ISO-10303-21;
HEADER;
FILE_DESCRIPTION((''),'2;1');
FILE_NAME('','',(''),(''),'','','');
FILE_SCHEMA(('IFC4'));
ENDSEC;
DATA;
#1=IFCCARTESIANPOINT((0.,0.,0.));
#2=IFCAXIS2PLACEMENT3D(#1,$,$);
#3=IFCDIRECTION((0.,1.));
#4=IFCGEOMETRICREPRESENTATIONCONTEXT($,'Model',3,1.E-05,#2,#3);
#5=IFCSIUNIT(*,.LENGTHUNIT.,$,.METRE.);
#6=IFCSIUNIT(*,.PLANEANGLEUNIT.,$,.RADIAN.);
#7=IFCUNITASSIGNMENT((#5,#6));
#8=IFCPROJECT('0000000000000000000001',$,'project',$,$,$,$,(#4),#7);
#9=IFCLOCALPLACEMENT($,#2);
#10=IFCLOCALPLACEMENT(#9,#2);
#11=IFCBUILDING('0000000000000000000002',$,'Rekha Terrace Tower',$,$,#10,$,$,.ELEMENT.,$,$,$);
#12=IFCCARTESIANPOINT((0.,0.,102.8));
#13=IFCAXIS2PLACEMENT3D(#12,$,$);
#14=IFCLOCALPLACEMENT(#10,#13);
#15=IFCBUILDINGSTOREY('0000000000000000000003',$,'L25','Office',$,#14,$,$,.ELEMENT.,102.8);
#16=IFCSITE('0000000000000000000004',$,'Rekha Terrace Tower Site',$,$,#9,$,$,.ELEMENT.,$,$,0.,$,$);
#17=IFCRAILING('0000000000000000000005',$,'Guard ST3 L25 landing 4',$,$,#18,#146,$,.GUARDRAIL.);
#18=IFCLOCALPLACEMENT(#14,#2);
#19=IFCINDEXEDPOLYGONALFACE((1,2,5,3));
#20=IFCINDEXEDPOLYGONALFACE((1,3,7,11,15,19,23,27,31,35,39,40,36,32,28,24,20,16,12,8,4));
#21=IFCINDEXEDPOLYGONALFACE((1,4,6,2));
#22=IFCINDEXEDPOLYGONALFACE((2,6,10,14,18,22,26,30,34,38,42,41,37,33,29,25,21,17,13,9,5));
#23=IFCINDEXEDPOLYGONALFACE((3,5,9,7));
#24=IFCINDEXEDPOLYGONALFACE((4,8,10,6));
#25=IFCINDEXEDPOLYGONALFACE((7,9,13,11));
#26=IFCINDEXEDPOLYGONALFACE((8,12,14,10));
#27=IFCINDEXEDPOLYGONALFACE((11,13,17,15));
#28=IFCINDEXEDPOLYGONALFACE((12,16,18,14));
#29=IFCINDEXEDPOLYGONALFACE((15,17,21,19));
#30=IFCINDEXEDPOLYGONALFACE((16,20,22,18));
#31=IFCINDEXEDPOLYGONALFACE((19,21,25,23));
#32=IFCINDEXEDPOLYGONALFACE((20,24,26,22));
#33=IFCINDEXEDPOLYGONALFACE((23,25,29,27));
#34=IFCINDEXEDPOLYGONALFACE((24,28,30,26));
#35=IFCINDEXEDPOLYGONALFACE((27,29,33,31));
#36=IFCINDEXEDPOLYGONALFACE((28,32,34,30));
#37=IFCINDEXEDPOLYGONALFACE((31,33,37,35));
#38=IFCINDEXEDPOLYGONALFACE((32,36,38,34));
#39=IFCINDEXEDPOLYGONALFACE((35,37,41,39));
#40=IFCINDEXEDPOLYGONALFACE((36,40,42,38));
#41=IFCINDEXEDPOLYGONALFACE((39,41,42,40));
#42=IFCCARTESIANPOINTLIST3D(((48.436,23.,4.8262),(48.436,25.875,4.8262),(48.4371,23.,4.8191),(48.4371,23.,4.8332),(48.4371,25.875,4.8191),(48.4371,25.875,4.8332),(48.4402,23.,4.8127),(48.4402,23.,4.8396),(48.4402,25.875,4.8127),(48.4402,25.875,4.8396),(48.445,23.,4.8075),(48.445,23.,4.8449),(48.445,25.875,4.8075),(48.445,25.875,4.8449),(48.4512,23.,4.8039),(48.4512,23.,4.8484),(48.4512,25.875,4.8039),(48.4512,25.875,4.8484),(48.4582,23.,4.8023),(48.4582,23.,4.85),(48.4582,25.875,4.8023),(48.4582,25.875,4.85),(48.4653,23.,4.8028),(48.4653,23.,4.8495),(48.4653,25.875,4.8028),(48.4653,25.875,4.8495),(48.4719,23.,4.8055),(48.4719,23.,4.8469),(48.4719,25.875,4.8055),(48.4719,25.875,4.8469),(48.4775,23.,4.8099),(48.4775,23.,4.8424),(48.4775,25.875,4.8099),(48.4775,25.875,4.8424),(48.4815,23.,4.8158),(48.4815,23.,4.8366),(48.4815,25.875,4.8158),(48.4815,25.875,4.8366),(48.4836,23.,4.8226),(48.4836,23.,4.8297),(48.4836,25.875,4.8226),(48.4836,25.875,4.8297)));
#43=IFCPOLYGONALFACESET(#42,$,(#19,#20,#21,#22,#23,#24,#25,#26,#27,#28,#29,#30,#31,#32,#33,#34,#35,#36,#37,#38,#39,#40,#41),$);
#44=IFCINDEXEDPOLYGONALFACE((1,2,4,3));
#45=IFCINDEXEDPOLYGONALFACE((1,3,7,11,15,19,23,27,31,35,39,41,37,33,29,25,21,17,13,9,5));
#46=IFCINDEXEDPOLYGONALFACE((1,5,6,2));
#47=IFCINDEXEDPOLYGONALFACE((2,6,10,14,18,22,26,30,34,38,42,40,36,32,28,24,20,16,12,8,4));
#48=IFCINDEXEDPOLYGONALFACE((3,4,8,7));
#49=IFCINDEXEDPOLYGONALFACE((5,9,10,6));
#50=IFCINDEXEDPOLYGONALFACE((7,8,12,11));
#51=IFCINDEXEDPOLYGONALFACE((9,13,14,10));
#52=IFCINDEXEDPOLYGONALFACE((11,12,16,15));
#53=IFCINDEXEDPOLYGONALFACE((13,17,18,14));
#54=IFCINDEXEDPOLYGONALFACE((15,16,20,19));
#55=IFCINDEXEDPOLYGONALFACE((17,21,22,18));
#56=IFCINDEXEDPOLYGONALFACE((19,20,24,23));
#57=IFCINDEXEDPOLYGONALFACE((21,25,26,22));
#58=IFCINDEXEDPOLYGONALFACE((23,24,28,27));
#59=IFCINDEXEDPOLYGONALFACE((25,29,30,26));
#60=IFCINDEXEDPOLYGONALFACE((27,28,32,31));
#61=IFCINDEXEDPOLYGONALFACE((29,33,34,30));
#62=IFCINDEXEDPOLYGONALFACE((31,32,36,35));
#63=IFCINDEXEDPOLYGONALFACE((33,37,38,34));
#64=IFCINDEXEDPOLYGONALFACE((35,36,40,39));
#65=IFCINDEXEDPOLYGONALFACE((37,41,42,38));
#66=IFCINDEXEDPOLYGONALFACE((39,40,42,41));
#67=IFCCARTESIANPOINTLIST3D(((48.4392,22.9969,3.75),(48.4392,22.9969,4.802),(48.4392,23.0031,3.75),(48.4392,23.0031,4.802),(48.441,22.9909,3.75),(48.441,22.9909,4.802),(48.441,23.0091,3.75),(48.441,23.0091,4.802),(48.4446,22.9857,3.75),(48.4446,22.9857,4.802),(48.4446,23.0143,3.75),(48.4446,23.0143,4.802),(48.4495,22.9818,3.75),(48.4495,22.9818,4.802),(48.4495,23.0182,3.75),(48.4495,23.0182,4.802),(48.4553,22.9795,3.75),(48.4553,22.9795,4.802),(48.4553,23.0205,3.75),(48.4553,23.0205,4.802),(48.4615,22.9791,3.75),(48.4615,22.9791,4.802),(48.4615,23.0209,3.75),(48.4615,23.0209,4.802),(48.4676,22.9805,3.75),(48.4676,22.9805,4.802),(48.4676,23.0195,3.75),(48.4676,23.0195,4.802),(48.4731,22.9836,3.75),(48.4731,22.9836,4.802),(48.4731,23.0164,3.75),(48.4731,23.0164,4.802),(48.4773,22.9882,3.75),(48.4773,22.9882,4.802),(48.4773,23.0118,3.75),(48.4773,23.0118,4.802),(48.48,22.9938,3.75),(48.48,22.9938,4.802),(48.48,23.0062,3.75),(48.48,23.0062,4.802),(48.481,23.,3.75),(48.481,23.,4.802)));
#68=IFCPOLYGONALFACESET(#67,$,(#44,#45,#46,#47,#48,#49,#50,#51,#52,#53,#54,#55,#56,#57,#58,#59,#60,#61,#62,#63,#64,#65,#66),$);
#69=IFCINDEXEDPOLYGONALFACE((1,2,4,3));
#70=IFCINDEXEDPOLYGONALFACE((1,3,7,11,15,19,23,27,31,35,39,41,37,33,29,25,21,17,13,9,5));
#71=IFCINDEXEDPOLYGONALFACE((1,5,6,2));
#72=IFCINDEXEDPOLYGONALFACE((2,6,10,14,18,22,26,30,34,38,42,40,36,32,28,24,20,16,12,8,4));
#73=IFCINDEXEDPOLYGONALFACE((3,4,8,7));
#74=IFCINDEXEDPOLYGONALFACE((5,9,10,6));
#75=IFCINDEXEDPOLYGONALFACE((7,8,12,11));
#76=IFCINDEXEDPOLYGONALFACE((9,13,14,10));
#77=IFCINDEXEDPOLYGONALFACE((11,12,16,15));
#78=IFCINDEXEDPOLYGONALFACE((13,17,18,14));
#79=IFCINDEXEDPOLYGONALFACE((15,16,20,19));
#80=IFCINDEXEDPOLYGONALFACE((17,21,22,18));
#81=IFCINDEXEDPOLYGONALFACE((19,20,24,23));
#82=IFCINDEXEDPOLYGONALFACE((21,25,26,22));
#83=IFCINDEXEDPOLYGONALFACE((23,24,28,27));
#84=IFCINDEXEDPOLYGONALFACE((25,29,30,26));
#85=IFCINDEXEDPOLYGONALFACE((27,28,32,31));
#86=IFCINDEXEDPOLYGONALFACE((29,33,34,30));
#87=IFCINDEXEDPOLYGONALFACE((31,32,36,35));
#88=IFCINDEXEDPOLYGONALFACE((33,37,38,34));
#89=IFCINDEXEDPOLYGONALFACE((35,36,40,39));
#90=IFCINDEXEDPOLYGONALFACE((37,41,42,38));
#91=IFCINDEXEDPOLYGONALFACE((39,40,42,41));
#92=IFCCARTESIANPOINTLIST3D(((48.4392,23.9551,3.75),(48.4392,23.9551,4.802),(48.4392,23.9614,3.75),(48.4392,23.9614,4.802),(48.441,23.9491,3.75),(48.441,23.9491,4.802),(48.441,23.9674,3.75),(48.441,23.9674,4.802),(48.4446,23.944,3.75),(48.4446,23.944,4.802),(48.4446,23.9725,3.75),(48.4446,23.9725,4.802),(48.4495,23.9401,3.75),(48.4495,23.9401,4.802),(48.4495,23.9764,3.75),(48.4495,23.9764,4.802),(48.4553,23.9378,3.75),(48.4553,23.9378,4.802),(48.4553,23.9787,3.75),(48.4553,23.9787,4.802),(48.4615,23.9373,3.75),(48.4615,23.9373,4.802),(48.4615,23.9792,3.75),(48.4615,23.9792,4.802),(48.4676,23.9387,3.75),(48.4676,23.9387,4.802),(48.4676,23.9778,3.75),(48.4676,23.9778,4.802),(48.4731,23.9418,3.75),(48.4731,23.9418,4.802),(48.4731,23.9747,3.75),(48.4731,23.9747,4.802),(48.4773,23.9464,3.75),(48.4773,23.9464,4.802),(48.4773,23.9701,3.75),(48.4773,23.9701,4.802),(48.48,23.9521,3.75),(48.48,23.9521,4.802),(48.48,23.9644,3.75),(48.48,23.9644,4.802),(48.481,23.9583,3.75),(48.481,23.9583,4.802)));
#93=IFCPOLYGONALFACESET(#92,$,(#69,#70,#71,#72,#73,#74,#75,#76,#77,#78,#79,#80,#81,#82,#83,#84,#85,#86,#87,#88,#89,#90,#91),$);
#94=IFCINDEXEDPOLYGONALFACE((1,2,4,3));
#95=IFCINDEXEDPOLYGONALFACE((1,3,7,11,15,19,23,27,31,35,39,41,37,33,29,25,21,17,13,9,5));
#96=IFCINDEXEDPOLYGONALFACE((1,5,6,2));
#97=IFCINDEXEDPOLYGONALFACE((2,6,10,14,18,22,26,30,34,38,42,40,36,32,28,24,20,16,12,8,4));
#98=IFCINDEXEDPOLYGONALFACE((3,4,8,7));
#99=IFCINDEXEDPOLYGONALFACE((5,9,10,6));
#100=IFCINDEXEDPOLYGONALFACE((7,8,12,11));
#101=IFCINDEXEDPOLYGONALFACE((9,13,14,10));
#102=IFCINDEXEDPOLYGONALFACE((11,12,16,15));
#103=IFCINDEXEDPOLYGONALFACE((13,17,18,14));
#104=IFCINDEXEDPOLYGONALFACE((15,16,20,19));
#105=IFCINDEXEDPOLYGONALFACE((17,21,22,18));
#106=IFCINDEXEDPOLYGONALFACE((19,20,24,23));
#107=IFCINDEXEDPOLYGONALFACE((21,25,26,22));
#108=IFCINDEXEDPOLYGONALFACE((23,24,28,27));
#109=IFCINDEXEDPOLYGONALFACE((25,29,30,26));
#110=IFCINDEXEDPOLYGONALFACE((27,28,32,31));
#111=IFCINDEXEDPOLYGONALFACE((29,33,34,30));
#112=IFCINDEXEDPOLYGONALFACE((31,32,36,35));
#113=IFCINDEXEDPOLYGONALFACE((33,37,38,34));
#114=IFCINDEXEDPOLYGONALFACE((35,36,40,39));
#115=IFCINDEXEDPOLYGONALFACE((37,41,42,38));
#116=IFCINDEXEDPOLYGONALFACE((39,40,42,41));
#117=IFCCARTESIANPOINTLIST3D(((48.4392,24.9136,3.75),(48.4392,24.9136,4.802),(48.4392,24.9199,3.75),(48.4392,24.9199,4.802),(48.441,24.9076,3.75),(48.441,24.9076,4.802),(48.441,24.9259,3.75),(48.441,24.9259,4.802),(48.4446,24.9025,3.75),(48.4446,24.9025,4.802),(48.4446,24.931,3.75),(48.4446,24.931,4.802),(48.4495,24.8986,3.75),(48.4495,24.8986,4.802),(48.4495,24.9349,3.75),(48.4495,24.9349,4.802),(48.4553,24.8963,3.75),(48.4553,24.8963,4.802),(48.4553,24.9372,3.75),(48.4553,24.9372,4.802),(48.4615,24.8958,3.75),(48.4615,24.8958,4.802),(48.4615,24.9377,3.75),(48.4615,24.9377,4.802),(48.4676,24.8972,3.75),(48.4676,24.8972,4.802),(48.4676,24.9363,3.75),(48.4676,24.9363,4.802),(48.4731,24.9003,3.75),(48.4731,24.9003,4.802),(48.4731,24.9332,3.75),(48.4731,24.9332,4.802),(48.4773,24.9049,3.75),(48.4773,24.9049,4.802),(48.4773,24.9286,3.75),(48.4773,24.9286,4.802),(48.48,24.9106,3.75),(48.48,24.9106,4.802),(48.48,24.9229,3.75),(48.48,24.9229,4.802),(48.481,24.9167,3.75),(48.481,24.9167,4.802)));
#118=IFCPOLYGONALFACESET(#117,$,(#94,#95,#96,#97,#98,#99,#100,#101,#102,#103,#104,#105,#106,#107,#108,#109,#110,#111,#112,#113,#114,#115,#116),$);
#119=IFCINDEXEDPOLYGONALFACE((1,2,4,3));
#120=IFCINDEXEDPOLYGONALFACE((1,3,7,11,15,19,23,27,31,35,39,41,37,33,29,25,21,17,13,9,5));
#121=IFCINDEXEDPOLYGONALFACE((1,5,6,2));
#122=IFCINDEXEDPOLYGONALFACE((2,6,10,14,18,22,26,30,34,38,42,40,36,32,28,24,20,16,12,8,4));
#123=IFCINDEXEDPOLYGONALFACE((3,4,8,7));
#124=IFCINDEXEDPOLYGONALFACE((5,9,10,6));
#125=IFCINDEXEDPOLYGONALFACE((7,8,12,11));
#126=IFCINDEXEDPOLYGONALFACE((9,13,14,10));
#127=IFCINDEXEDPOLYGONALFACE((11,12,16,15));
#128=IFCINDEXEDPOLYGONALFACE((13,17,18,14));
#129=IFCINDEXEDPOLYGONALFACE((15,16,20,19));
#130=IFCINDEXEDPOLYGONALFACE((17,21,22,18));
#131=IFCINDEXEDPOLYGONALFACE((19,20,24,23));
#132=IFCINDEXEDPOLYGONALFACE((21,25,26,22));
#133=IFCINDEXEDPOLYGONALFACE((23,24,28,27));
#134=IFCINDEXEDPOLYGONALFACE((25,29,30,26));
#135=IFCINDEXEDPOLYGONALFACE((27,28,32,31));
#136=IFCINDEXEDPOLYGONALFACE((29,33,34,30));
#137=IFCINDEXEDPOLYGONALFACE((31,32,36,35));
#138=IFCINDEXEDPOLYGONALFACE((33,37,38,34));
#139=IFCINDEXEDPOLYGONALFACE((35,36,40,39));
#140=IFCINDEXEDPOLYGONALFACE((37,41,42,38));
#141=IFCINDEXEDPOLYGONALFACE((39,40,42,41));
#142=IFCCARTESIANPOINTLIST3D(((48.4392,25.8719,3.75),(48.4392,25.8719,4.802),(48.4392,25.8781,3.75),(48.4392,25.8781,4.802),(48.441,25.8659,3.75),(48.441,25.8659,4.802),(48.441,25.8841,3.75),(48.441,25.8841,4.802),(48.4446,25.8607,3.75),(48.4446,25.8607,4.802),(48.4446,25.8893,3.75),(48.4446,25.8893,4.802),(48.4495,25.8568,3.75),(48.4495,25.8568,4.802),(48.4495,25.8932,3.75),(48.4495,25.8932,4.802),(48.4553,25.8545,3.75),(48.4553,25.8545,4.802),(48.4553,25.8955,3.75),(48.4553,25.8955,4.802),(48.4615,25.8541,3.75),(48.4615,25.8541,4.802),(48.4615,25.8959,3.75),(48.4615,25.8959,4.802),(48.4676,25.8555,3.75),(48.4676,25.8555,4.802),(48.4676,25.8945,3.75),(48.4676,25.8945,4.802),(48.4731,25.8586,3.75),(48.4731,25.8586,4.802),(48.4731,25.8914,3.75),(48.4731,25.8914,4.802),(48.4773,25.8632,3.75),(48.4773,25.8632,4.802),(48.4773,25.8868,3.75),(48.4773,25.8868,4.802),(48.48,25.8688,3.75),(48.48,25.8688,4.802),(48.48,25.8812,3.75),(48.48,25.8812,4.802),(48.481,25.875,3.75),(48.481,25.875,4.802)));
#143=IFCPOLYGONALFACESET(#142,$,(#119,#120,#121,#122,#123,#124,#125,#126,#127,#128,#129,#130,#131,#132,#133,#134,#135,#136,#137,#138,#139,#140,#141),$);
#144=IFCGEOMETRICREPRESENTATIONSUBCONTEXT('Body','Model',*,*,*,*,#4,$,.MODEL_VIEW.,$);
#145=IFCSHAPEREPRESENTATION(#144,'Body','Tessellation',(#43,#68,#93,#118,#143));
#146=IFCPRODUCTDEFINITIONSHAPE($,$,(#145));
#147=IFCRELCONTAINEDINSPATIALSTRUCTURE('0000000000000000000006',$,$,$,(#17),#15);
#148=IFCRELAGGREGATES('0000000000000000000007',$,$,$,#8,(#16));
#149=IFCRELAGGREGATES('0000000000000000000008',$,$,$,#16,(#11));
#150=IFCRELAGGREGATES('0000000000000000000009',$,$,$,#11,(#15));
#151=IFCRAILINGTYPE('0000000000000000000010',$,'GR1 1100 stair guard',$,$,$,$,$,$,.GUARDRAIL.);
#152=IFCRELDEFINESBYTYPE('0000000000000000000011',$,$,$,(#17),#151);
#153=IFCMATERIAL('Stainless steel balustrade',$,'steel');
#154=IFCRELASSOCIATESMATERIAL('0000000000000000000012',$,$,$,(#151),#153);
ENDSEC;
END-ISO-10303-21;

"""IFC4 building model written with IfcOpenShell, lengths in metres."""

from ifc_helpers import new_model, si_unit, direction, frame, origin, origin_2d, place, context, subcontext, project, spatial, circle, extrude, material, type_object, element, save


model = new_model("IFC4")

# Units and contexts
model_context = context("Model", 3, precision=1e-05, world=origin(), true_north=direction((0.0, 1.0)))
body_context = subcontext(model_context, "Body", "Model", "MODEL_VIEW")
ifc_project = project(units=[si_unit("LENGTHUNIT", "METRE"), si_unit("PLANEANGLEUNIT", "RADIAN")], contexts=[model_context])

# Site, building, storey
site_placement = place(None, origin())
site = spatial("IfcSite", under=ifc_project, at=site_placement, Name="Rekha Terrace Tower Site", CompositionType="ELEMENT", RefElevation=0.0)
building_placement = place(site_placement, origin())
building = spatial("IfcBuilding", under=site, at=building_placement, Name="Rekha Terrace Tower", CompositionType="ELEMENT")
storey_placement = place(building_placement, frame((0.0, 0.0, 102.8)))
storey = spatial("IfcBuildingStorey", under=building, at=storey_placement, Name="L25", Description="Office", CompositionType="ELEMENT", Elevation=102.8)

# Railing
ifc_material_1 = material(Name="Stainless steel balustrade", Category="steel")
railing_type_1 = type_object("IfcRailingType", Name="GR1 1100 stair guard", PredefinedType="GUARDRAIL", material=ifc_material_1)
railing_1_placement = place(storey_placement, frame((48.46, 23.0, 3.75)))
element("IfcRailing", 1, at=railing_1_placement, inside=storey, type_object=railing_type_1, Name="Guard ST3 L25 landing 4", PredefinedType="GUARDRAIL", context=body_context, shape_type="SweptSolid", body=[
    extrude(circle(Radius=0.0239, at=origin_2d()), frame((0.0, 0.0, 1.0762), z_axis=(0.0, 1.0, 0.0), x_axis=(-1.0, 0.0, 0.0)), (0.0, 0.0, 1.0), 2.875),
    extrude(circle(Radius=0.021, at=origin_2d()), origin(), (0.0, 0.0, 1.0), 1.052),
    extrude(circle(Radius=0.021, at=origin_2d()), frame((0.0, 0.9583, 0.0)), (0.0, 0.0, 1.0), 1.052),
    extrude(circle(Radius=0.021, at=origin_2d()), frame((0.0, 1.9167, 0.0)), (0.0, 0.0, 1.0), 1.052),
    extrude(circle(Radius=0.021, at=origin_2d()), frame((0.0, 2.875, 0.0)), (0.0, 0.0, 1.0), 1.052),
])

save(model, "model.ifc")
